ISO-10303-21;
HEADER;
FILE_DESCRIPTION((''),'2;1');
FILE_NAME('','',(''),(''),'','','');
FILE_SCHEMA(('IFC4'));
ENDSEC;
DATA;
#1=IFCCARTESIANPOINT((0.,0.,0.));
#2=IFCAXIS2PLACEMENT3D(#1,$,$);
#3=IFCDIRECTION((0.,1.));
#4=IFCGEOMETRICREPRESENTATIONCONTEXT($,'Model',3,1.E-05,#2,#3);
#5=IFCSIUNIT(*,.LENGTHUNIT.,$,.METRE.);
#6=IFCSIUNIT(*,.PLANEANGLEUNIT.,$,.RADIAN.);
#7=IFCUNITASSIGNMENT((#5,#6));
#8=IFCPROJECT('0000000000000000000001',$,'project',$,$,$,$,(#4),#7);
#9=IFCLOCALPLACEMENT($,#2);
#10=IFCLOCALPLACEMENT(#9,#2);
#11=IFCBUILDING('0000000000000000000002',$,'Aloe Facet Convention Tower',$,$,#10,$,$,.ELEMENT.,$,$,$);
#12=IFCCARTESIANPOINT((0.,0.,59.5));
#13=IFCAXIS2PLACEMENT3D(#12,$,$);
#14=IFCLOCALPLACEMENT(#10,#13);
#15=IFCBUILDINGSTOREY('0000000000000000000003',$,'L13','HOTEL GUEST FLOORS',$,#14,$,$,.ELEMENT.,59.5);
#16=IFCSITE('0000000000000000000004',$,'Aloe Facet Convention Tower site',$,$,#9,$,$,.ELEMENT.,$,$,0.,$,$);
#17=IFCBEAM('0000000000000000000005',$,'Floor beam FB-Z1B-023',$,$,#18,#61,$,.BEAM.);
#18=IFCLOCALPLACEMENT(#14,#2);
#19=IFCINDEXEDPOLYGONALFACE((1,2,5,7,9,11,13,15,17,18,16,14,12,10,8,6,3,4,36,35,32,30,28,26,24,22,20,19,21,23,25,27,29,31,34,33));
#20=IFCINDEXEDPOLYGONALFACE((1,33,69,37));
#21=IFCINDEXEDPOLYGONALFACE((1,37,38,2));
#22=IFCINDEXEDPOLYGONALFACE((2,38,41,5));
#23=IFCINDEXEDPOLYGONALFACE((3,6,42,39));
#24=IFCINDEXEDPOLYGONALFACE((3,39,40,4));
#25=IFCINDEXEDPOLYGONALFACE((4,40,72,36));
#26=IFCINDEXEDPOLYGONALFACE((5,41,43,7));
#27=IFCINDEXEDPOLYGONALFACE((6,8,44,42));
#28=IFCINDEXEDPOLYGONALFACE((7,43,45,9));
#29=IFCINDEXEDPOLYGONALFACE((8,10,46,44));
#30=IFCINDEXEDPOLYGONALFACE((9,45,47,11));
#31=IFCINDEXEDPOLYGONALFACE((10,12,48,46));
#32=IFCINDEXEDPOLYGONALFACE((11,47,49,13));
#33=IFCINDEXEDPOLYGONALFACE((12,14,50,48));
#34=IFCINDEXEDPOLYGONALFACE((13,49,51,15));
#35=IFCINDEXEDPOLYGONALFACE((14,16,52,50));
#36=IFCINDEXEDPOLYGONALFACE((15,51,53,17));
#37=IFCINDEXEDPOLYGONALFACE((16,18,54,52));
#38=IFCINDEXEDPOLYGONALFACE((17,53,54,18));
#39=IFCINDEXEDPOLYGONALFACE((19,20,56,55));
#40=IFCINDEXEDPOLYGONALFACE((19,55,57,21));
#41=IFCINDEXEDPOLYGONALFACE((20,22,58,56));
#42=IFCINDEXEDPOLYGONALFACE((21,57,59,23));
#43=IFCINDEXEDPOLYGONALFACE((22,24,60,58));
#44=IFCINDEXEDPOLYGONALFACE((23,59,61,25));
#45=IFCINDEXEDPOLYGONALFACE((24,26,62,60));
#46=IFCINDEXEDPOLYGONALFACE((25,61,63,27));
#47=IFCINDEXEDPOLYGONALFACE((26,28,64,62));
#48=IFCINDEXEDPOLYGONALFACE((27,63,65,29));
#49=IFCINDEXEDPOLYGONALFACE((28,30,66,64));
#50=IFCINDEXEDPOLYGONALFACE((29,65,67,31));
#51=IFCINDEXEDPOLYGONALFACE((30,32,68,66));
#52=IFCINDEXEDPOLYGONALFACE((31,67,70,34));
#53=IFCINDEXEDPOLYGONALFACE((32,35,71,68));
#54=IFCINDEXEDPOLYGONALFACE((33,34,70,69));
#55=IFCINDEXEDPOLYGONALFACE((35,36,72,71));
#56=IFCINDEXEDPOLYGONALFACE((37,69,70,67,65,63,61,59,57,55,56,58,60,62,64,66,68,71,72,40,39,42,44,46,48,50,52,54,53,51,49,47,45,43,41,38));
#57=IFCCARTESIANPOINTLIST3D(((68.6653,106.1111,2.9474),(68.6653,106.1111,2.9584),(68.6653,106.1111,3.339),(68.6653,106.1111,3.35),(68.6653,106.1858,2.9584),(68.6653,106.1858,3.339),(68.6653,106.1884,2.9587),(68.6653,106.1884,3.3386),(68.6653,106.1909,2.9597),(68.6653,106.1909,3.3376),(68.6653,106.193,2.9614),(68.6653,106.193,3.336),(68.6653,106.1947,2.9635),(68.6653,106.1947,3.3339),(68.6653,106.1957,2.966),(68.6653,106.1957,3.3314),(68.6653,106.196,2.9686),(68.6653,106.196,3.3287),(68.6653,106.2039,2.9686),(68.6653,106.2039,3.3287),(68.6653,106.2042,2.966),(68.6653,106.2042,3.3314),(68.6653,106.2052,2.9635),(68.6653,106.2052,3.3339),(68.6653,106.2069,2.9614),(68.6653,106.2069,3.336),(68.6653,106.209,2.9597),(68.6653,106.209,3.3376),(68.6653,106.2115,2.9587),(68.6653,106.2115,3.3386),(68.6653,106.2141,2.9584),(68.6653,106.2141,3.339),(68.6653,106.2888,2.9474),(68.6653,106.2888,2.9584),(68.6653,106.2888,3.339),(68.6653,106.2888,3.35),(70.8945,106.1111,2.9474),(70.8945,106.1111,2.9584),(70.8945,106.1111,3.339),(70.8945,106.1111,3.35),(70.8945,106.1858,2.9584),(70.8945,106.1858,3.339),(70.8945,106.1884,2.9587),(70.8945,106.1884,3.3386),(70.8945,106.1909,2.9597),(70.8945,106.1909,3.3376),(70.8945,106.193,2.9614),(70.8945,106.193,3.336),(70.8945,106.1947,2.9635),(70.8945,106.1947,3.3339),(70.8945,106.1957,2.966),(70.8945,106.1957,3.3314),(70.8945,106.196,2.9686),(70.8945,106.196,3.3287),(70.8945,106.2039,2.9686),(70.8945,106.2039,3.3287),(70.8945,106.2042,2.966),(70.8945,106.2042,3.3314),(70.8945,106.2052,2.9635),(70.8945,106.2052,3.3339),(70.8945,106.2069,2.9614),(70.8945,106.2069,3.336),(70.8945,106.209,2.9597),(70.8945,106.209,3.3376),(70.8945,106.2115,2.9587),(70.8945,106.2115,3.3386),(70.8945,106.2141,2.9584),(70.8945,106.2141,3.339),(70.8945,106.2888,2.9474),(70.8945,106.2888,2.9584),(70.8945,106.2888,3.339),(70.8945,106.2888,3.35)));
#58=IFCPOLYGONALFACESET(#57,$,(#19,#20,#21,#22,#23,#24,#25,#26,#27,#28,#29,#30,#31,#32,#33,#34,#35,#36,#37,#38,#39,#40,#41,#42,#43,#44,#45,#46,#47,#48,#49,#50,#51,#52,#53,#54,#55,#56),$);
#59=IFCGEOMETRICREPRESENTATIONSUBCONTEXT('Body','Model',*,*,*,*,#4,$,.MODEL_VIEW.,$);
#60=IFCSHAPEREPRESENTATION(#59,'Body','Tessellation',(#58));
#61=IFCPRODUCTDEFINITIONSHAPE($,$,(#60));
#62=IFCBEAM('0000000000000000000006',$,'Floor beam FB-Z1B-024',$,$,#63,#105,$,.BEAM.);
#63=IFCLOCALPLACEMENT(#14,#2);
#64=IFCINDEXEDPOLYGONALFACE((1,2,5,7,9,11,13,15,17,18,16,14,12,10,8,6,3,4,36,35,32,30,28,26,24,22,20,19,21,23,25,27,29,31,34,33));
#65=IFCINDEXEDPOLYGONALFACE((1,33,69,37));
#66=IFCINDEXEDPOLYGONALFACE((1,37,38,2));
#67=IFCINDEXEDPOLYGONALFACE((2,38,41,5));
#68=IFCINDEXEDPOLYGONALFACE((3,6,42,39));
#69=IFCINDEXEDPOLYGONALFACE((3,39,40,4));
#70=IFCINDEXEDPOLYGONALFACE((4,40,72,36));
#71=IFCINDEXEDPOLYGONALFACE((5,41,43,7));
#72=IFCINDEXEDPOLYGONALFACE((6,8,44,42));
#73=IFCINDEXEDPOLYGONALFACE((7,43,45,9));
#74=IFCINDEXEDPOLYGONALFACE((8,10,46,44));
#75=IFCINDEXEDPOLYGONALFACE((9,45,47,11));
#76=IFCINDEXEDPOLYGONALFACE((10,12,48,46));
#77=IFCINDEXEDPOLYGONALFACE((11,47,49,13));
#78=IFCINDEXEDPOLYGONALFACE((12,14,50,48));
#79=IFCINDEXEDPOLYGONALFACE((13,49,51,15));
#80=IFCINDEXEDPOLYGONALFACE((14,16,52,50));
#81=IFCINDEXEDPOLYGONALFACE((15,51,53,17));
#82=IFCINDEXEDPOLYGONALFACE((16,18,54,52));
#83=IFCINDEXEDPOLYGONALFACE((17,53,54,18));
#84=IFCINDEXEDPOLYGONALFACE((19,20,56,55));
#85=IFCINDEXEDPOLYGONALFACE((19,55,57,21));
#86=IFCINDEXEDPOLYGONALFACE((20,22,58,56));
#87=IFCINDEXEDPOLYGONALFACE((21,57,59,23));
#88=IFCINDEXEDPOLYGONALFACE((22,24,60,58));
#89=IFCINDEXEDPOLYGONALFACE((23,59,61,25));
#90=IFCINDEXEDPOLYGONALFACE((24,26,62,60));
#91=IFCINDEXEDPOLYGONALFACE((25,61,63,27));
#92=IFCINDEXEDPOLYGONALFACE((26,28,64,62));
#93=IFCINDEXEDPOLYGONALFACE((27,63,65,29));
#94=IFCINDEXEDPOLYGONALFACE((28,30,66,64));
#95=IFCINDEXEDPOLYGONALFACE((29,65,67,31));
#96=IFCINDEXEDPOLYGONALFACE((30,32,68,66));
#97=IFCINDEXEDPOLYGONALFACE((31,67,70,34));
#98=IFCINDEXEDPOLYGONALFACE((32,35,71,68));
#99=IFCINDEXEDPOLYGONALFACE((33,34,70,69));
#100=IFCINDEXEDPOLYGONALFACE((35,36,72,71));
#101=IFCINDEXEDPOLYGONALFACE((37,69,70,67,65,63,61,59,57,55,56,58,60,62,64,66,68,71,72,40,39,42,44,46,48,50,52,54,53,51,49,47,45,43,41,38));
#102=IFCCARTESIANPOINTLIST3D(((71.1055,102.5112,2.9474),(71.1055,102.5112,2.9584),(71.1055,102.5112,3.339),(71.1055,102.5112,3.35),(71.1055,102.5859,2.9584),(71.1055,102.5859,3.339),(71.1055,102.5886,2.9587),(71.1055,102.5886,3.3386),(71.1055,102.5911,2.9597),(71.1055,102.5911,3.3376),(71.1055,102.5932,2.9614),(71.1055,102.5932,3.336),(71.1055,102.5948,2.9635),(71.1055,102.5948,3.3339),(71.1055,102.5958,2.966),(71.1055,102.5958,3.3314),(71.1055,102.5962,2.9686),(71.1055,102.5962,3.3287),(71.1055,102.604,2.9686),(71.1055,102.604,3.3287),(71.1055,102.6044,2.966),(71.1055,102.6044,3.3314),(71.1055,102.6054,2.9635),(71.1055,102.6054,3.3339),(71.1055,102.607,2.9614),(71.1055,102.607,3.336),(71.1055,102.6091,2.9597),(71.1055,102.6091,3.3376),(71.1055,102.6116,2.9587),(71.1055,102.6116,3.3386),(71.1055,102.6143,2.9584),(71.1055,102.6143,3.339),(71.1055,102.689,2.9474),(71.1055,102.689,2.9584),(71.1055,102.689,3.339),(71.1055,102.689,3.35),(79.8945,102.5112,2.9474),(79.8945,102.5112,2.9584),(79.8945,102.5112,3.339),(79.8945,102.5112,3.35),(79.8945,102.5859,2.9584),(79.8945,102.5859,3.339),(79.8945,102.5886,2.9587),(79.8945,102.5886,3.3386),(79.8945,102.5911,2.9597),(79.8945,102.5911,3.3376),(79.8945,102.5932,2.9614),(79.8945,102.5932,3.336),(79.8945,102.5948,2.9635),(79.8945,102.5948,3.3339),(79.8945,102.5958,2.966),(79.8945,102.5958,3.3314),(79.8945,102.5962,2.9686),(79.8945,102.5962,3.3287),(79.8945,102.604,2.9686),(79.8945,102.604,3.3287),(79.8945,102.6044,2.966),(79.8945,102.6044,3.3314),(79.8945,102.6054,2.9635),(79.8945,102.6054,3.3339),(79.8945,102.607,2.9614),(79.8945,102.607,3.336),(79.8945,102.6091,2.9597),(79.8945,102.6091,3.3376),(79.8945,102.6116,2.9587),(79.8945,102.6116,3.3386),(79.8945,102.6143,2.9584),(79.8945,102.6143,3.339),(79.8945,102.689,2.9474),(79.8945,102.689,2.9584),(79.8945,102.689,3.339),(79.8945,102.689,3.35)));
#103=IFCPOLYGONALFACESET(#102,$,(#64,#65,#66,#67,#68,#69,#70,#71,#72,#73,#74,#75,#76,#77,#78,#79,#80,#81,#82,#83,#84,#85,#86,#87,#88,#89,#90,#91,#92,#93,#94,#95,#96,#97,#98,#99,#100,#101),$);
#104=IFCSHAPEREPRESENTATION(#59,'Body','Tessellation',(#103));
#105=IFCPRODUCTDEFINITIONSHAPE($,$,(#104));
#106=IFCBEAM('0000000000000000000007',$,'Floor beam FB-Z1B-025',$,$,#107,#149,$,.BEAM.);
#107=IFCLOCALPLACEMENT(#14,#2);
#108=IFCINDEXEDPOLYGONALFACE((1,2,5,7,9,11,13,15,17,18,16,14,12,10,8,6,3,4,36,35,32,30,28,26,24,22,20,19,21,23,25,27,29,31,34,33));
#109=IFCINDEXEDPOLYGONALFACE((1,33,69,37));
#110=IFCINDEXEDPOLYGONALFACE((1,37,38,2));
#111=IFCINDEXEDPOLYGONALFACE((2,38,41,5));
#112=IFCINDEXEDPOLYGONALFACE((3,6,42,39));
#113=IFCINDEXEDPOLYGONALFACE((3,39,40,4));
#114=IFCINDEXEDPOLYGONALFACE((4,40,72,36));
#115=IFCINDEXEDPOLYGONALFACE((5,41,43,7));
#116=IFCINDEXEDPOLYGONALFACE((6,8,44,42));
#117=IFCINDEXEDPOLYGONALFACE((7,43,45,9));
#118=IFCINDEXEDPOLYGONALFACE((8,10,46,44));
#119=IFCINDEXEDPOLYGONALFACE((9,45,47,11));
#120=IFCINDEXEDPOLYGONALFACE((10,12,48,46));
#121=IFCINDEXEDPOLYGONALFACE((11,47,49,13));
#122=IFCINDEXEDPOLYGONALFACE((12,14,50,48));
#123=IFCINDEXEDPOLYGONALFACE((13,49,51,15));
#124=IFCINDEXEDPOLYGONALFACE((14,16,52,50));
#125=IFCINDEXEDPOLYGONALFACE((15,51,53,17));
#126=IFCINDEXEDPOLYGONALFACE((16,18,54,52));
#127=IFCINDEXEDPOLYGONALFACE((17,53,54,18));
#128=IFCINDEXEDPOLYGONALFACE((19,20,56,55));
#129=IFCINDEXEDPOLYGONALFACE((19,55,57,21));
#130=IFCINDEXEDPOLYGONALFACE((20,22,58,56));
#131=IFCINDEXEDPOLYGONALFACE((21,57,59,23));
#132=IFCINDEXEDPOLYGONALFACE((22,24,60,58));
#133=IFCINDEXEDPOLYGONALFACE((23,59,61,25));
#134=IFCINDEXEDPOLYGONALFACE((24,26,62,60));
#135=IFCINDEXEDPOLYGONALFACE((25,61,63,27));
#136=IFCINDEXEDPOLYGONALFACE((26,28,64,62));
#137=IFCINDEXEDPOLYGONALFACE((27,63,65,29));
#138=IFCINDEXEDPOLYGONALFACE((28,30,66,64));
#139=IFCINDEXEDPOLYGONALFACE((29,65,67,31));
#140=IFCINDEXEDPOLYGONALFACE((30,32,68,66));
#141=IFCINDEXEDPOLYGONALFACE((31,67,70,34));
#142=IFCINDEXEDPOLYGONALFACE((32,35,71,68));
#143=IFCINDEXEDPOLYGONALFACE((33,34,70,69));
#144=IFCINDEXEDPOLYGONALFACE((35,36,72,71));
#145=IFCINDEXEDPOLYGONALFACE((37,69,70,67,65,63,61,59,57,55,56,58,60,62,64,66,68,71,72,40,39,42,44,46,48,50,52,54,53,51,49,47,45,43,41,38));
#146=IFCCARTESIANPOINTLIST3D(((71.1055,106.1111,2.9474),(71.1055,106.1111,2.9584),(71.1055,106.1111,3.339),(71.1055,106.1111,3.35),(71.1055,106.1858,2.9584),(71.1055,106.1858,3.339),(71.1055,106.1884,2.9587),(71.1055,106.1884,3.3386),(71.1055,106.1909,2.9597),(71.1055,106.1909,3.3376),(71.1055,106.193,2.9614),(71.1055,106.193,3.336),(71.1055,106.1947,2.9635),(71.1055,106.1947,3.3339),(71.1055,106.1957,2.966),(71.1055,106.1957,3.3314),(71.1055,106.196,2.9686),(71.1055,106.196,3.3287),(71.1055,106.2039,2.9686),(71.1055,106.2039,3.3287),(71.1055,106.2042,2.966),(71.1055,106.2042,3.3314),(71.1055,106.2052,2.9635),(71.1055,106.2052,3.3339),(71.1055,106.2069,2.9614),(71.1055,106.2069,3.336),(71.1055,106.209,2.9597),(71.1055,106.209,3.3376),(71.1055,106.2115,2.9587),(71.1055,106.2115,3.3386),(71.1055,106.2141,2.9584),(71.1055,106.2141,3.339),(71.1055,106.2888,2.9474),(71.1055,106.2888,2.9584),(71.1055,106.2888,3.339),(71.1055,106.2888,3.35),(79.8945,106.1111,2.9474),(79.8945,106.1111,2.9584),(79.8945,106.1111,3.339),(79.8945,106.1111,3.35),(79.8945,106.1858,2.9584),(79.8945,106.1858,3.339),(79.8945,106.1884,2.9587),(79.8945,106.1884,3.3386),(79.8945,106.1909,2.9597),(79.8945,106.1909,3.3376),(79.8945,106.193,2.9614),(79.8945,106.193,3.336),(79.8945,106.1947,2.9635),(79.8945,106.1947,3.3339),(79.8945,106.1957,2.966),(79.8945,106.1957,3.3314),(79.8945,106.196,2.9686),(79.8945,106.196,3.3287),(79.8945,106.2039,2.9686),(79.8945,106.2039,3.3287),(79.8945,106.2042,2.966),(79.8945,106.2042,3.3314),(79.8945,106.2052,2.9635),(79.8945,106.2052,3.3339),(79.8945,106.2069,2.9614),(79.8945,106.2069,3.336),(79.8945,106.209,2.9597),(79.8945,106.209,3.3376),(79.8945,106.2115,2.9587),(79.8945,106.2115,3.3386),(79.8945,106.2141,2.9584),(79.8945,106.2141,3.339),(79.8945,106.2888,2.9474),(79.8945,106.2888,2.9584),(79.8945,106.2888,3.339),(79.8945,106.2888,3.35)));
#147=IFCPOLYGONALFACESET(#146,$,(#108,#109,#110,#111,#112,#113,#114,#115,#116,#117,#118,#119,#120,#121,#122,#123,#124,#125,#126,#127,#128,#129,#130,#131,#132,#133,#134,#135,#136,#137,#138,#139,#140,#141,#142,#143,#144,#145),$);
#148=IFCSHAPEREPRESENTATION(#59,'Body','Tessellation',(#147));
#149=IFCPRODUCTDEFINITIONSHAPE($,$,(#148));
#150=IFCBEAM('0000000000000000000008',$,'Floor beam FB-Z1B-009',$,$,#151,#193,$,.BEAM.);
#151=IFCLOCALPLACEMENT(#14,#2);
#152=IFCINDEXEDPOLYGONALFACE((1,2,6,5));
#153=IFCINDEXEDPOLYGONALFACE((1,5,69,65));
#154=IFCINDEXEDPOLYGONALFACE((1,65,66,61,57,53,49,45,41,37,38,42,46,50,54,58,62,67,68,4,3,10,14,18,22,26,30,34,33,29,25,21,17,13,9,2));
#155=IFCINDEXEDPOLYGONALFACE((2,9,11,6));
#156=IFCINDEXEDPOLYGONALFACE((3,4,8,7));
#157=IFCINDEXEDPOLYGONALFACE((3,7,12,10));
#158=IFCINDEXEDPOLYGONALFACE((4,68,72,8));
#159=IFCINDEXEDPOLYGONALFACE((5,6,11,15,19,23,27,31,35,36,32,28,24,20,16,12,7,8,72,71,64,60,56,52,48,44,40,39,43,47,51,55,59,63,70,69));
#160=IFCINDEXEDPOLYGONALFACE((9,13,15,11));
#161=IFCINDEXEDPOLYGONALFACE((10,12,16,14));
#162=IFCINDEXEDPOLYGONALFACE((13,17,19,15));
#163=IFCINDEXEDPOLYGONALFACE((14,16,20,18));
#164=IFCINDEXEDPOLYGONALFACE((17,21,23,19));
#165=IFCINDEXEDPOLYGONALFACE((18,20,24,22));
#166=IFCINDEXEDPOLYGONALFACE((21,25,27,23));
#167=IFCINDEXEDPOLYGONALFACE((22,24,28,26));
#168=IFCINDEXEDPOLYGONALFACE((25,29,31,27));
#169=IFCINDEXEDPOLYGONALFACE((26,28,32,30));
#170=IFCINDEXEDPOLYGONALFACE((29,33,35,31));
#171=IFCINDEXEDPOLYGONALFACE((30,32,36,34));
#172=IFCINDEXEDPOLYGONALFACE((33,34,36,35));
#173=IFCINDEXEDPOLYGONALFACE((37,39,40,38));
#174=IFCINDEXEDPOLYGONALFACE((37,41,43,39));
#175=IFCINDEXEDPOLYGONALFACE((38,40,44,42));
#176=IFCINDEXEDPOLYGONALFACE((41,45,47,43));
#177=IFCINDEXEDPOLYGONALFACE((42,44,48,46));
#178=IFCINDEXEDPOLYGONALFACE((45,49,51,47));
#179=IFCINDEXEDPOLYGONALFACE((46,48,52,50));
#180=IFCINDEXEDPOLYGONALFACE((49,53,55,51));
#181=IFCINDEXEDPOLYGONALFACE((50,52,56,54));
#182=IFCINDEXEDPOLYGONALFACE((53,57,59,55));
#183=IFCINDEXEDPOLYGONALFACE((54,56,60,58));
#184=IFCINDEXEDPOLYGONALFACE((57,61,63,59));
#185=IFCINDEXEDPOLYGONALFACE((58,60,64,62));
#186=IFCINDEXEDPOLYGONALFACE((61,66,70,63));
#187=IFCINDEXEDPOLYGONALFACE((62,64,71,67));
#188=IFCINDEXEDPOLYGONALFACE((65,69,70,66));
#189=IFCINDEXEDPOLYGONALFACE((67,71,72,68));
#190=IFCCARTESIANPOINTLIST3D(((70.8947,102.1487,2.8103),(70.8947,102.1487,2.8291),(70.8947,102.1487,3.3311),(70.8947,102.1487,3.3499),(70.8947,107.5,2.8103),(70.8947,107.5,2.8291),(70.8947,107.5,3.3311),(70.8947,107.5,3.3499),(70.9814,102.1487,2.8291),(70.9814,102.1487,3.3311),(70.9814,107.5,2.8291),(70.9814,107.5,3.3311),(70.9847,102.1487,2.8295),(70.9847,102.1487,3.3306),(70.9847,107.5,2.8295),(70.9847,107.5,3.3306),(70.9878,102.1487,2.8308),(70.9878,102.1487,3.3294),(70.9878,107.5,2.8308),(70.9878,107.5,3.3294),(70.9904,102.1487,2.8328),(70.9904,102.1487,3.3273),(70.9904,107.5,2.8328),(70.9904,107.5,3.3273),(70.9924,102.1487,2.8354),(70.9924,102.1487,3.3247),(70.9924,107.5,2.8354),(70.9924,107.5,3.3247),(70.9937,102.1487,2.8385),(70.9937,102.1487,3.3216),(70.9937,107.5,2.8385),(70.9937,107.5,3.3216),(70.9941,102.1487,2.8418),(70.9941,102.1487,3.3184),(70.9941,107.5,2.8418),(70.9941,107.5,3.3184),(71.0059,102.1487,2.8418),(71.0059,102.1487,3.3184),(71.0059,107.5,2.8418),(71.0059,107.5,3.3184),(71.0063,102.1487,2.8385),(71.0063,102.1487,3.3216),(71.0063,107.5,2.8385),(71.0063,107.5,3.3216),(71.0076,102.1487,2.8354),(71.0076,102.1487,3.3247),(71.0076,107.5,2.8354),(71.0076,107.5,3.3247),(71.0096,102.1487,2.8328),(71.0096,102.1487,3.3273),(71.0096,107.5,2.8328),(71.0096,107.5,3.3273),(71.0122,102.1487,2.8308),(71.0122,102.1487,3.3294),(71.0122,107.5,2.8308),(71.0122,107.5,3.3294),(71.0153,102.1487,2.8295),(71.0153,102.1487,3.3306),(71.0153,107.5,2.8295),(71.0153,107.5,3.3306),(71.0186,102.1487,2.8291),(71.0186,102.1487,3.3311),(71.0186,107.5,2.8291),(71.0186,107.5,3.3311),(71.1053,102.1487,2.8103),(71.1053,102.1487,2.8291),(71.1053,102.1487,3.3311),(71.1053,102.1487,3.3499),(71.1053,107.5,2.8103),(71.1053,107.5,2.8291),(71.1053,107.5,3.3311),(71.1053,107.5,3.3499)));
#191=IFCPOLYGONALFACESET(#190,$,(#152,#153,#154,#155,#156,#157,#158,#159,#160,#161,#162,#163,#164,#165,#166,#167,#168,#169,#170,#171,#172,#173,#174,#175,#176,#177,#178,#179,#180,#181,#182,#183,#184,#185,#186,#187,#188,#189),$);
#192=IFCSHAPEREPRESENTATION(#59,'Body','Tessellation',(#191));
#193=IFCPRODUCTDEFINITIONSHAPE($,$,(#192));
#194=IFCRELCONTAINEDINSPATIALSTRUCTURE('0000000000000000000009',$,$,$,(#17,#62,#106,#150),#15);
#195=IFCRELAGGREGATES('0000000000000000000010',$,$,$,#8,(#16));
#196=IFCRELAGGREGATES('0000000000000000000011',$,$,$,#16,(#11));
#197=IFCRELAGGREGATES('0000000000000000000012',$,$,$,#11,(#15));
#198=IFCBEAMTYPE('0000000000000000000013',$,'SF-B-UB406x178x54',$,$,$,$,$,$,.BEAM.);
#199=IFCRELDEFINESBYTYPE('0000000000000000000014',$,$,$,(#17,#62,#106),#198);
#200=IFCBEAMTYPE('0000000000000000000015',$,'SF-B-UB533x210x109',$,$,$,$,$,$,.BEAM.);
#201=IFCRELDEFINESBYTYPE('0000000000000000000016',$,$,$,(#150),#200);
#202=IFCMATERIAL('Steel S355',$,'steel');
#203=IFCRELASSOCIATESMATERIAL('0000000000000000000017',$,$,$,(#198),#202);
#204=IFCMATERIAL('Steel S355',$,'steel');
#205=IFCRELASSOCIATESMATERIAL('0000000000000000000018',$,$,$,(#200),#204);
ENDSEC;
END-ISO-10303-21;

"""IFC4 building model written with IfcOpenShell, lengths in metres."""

from ifc_helpers import new_model, si_unit, direction, frame, origin, origin_2d, place, context, subcontext, project, spatial, i_section, extrude, material, material_profile, profile_set, type_object, element, save


model = new_model("IFC4")

# Units and contexts
model_context = context("Model", 3, precision=1e-05, world=origin(), true_north=direction((0.0, 1.0)))
body_context = subcontext(model_context, "Body", "Model", "MODEL_VIEW")
ifc_project = project(units=[si_unit("LENGTHUNIT", "METRE"), si_unit("PLANEANGLEUNIT", "RADIAN")], contexts=[model_context])

# Site, building, storey
site_placement = place(None, origin())
site = spatial("IfcSite", under=ifc_project, at=site_placement, Name="Aloe Facet Convention Tower site", CompositionType="ELEMENT", RefElevation=0.0)
building_placement = place(site_placement, origin())
building = spatial("IfcBuilding", under=site, at=building_placement, Name="Aloe Facet Convention Tower", CompositionType="ELEMENT")
storey_placement = place(building_placement, frame((0.0, 0.0, 59.5)))
storey = spatial("IfcBuildingStorey", under=building, at=storey_placement, Name="L13", Description="HOTEL GUEST FLOORS", CompositionType="ELEMENT", Elevation=59.5)

# Beams
ifc_material_1 = material(Name="Steel S355", Category="steel")
ifc_material_profile_1 = material_profile(ifc_material_1, i_section(OverallWidth=0.1777, OverallDepth=0.4026, WebThickness=0.0078, FlangeThickness=0.011, FilletRadius=0.0103, at=origin_2d()), Name="UB 406x178x54")
ifc_profile_set_1 = profile_set([ifc_material_profile_1], Name="Steel S355")
beam_type_1 = type_object("IfcBeamType", Name="SF-B-UB406x178x54", PredefinedType="BEAM", material=ifc_profile_set_1)
beam_1_placement = place(storey_placement, frame((68.6653, 106.2, 3.1487), z_axis=(1.0, 0.0, 0.0), x_axis=(0.0, 1.0, 0.0)))
element("IfcBeam", 1, at=beam_1_placement, inside=storey, type_object=beam_type_1, Name="Floor beam FB-Z1B-023", PredefinedType="BEAM", context=body_context, shape_type="SweptSolid", body=[
    extrude(i_section(OverallWidth=0.1777, OverallDepth=0.4026, WebThickness=0.0078, FlangeThickness=0.011, FilletRadius=0.0103, at=origin_2d()), origin(), (0.0, 0.0, 1.0), 2.2292),
])
for number, where, z_axis, x_axis, name in (
    (2, (71.1055, 102.6001, 3.1487), (1.0, 0.0, 0.0), (0.0, 1.0, 0.0), "Floor beam FB-Z1B-024"),
    (3, (71.1055, 106.2, 3.1487), (1.0, 0.0, 0.0), (0.0, 1.0, 0.0), "Floor beam FB-Z1B-025"),
):
    element("IfcBeam", number, at=place(storey_placement, frame(where, z_axis=z_axis, x_axis=x_axis)), inside=storey, type_object=beam_type_1, Name=name, PredefinedType="BEAM", context=body_context, shape_type="SweptSolid", body=[
        extrude(i_section(OverallWidth=0.1777, OverallDepth=0.4026, WebThickness=0.0078, FlangeThickness=0.011, FilletRadius=0.0103, at=origin_2d()), origin(), (0.0, 0.0, 1.0), 8.7891),
    ])
ifc_material_2 = material(Name="Steel S355", Category="steel")
ifc_material_profile_2 = material_profile(ifc_material_2, i_section(OverallWidth=0.2107, OverallDepth=0.5396, WebThickness=0.0117, FlangeThickness=0.0188, FilletRadius=0.0127, at=origin_2d()), Name="UB 533x210x109")
ifc_profile_set_2 = profile_set([ifc_material_profile_2], Name="Steel S355")
beam_type_2 = type_object("IfcBeamType", Name="SF-B-UB533x210x109", PredefinedType="BEAM", material=ifc_profile_set_2)
beam_2_placement = place(storey_placement, frame((71.0, 107.5, 3.0801), z_axis=(0.0, -1.0, 0.0), x_axis=(1.0, 0.0, 0.0)))
element("IfcBeam", 4, at=beam_2_placement, inside=storey, type_object=beam_type_2, Name="Floor beam FB-Z1B-009", PredefinedType="BEAM", context=body_context, shape_type="SweptSolid", body=[
    extrude(i_section(OverallWidth=0.2107, OverallDepth=0.5396, WebThickness=0.0117, FlangeThickness=0.0188, FilletRadius=0.0127, at=origin_2d()), origin(), (0.0, 0.0, 1.0), 5.3513),
])

save(model, "model.ifc")
